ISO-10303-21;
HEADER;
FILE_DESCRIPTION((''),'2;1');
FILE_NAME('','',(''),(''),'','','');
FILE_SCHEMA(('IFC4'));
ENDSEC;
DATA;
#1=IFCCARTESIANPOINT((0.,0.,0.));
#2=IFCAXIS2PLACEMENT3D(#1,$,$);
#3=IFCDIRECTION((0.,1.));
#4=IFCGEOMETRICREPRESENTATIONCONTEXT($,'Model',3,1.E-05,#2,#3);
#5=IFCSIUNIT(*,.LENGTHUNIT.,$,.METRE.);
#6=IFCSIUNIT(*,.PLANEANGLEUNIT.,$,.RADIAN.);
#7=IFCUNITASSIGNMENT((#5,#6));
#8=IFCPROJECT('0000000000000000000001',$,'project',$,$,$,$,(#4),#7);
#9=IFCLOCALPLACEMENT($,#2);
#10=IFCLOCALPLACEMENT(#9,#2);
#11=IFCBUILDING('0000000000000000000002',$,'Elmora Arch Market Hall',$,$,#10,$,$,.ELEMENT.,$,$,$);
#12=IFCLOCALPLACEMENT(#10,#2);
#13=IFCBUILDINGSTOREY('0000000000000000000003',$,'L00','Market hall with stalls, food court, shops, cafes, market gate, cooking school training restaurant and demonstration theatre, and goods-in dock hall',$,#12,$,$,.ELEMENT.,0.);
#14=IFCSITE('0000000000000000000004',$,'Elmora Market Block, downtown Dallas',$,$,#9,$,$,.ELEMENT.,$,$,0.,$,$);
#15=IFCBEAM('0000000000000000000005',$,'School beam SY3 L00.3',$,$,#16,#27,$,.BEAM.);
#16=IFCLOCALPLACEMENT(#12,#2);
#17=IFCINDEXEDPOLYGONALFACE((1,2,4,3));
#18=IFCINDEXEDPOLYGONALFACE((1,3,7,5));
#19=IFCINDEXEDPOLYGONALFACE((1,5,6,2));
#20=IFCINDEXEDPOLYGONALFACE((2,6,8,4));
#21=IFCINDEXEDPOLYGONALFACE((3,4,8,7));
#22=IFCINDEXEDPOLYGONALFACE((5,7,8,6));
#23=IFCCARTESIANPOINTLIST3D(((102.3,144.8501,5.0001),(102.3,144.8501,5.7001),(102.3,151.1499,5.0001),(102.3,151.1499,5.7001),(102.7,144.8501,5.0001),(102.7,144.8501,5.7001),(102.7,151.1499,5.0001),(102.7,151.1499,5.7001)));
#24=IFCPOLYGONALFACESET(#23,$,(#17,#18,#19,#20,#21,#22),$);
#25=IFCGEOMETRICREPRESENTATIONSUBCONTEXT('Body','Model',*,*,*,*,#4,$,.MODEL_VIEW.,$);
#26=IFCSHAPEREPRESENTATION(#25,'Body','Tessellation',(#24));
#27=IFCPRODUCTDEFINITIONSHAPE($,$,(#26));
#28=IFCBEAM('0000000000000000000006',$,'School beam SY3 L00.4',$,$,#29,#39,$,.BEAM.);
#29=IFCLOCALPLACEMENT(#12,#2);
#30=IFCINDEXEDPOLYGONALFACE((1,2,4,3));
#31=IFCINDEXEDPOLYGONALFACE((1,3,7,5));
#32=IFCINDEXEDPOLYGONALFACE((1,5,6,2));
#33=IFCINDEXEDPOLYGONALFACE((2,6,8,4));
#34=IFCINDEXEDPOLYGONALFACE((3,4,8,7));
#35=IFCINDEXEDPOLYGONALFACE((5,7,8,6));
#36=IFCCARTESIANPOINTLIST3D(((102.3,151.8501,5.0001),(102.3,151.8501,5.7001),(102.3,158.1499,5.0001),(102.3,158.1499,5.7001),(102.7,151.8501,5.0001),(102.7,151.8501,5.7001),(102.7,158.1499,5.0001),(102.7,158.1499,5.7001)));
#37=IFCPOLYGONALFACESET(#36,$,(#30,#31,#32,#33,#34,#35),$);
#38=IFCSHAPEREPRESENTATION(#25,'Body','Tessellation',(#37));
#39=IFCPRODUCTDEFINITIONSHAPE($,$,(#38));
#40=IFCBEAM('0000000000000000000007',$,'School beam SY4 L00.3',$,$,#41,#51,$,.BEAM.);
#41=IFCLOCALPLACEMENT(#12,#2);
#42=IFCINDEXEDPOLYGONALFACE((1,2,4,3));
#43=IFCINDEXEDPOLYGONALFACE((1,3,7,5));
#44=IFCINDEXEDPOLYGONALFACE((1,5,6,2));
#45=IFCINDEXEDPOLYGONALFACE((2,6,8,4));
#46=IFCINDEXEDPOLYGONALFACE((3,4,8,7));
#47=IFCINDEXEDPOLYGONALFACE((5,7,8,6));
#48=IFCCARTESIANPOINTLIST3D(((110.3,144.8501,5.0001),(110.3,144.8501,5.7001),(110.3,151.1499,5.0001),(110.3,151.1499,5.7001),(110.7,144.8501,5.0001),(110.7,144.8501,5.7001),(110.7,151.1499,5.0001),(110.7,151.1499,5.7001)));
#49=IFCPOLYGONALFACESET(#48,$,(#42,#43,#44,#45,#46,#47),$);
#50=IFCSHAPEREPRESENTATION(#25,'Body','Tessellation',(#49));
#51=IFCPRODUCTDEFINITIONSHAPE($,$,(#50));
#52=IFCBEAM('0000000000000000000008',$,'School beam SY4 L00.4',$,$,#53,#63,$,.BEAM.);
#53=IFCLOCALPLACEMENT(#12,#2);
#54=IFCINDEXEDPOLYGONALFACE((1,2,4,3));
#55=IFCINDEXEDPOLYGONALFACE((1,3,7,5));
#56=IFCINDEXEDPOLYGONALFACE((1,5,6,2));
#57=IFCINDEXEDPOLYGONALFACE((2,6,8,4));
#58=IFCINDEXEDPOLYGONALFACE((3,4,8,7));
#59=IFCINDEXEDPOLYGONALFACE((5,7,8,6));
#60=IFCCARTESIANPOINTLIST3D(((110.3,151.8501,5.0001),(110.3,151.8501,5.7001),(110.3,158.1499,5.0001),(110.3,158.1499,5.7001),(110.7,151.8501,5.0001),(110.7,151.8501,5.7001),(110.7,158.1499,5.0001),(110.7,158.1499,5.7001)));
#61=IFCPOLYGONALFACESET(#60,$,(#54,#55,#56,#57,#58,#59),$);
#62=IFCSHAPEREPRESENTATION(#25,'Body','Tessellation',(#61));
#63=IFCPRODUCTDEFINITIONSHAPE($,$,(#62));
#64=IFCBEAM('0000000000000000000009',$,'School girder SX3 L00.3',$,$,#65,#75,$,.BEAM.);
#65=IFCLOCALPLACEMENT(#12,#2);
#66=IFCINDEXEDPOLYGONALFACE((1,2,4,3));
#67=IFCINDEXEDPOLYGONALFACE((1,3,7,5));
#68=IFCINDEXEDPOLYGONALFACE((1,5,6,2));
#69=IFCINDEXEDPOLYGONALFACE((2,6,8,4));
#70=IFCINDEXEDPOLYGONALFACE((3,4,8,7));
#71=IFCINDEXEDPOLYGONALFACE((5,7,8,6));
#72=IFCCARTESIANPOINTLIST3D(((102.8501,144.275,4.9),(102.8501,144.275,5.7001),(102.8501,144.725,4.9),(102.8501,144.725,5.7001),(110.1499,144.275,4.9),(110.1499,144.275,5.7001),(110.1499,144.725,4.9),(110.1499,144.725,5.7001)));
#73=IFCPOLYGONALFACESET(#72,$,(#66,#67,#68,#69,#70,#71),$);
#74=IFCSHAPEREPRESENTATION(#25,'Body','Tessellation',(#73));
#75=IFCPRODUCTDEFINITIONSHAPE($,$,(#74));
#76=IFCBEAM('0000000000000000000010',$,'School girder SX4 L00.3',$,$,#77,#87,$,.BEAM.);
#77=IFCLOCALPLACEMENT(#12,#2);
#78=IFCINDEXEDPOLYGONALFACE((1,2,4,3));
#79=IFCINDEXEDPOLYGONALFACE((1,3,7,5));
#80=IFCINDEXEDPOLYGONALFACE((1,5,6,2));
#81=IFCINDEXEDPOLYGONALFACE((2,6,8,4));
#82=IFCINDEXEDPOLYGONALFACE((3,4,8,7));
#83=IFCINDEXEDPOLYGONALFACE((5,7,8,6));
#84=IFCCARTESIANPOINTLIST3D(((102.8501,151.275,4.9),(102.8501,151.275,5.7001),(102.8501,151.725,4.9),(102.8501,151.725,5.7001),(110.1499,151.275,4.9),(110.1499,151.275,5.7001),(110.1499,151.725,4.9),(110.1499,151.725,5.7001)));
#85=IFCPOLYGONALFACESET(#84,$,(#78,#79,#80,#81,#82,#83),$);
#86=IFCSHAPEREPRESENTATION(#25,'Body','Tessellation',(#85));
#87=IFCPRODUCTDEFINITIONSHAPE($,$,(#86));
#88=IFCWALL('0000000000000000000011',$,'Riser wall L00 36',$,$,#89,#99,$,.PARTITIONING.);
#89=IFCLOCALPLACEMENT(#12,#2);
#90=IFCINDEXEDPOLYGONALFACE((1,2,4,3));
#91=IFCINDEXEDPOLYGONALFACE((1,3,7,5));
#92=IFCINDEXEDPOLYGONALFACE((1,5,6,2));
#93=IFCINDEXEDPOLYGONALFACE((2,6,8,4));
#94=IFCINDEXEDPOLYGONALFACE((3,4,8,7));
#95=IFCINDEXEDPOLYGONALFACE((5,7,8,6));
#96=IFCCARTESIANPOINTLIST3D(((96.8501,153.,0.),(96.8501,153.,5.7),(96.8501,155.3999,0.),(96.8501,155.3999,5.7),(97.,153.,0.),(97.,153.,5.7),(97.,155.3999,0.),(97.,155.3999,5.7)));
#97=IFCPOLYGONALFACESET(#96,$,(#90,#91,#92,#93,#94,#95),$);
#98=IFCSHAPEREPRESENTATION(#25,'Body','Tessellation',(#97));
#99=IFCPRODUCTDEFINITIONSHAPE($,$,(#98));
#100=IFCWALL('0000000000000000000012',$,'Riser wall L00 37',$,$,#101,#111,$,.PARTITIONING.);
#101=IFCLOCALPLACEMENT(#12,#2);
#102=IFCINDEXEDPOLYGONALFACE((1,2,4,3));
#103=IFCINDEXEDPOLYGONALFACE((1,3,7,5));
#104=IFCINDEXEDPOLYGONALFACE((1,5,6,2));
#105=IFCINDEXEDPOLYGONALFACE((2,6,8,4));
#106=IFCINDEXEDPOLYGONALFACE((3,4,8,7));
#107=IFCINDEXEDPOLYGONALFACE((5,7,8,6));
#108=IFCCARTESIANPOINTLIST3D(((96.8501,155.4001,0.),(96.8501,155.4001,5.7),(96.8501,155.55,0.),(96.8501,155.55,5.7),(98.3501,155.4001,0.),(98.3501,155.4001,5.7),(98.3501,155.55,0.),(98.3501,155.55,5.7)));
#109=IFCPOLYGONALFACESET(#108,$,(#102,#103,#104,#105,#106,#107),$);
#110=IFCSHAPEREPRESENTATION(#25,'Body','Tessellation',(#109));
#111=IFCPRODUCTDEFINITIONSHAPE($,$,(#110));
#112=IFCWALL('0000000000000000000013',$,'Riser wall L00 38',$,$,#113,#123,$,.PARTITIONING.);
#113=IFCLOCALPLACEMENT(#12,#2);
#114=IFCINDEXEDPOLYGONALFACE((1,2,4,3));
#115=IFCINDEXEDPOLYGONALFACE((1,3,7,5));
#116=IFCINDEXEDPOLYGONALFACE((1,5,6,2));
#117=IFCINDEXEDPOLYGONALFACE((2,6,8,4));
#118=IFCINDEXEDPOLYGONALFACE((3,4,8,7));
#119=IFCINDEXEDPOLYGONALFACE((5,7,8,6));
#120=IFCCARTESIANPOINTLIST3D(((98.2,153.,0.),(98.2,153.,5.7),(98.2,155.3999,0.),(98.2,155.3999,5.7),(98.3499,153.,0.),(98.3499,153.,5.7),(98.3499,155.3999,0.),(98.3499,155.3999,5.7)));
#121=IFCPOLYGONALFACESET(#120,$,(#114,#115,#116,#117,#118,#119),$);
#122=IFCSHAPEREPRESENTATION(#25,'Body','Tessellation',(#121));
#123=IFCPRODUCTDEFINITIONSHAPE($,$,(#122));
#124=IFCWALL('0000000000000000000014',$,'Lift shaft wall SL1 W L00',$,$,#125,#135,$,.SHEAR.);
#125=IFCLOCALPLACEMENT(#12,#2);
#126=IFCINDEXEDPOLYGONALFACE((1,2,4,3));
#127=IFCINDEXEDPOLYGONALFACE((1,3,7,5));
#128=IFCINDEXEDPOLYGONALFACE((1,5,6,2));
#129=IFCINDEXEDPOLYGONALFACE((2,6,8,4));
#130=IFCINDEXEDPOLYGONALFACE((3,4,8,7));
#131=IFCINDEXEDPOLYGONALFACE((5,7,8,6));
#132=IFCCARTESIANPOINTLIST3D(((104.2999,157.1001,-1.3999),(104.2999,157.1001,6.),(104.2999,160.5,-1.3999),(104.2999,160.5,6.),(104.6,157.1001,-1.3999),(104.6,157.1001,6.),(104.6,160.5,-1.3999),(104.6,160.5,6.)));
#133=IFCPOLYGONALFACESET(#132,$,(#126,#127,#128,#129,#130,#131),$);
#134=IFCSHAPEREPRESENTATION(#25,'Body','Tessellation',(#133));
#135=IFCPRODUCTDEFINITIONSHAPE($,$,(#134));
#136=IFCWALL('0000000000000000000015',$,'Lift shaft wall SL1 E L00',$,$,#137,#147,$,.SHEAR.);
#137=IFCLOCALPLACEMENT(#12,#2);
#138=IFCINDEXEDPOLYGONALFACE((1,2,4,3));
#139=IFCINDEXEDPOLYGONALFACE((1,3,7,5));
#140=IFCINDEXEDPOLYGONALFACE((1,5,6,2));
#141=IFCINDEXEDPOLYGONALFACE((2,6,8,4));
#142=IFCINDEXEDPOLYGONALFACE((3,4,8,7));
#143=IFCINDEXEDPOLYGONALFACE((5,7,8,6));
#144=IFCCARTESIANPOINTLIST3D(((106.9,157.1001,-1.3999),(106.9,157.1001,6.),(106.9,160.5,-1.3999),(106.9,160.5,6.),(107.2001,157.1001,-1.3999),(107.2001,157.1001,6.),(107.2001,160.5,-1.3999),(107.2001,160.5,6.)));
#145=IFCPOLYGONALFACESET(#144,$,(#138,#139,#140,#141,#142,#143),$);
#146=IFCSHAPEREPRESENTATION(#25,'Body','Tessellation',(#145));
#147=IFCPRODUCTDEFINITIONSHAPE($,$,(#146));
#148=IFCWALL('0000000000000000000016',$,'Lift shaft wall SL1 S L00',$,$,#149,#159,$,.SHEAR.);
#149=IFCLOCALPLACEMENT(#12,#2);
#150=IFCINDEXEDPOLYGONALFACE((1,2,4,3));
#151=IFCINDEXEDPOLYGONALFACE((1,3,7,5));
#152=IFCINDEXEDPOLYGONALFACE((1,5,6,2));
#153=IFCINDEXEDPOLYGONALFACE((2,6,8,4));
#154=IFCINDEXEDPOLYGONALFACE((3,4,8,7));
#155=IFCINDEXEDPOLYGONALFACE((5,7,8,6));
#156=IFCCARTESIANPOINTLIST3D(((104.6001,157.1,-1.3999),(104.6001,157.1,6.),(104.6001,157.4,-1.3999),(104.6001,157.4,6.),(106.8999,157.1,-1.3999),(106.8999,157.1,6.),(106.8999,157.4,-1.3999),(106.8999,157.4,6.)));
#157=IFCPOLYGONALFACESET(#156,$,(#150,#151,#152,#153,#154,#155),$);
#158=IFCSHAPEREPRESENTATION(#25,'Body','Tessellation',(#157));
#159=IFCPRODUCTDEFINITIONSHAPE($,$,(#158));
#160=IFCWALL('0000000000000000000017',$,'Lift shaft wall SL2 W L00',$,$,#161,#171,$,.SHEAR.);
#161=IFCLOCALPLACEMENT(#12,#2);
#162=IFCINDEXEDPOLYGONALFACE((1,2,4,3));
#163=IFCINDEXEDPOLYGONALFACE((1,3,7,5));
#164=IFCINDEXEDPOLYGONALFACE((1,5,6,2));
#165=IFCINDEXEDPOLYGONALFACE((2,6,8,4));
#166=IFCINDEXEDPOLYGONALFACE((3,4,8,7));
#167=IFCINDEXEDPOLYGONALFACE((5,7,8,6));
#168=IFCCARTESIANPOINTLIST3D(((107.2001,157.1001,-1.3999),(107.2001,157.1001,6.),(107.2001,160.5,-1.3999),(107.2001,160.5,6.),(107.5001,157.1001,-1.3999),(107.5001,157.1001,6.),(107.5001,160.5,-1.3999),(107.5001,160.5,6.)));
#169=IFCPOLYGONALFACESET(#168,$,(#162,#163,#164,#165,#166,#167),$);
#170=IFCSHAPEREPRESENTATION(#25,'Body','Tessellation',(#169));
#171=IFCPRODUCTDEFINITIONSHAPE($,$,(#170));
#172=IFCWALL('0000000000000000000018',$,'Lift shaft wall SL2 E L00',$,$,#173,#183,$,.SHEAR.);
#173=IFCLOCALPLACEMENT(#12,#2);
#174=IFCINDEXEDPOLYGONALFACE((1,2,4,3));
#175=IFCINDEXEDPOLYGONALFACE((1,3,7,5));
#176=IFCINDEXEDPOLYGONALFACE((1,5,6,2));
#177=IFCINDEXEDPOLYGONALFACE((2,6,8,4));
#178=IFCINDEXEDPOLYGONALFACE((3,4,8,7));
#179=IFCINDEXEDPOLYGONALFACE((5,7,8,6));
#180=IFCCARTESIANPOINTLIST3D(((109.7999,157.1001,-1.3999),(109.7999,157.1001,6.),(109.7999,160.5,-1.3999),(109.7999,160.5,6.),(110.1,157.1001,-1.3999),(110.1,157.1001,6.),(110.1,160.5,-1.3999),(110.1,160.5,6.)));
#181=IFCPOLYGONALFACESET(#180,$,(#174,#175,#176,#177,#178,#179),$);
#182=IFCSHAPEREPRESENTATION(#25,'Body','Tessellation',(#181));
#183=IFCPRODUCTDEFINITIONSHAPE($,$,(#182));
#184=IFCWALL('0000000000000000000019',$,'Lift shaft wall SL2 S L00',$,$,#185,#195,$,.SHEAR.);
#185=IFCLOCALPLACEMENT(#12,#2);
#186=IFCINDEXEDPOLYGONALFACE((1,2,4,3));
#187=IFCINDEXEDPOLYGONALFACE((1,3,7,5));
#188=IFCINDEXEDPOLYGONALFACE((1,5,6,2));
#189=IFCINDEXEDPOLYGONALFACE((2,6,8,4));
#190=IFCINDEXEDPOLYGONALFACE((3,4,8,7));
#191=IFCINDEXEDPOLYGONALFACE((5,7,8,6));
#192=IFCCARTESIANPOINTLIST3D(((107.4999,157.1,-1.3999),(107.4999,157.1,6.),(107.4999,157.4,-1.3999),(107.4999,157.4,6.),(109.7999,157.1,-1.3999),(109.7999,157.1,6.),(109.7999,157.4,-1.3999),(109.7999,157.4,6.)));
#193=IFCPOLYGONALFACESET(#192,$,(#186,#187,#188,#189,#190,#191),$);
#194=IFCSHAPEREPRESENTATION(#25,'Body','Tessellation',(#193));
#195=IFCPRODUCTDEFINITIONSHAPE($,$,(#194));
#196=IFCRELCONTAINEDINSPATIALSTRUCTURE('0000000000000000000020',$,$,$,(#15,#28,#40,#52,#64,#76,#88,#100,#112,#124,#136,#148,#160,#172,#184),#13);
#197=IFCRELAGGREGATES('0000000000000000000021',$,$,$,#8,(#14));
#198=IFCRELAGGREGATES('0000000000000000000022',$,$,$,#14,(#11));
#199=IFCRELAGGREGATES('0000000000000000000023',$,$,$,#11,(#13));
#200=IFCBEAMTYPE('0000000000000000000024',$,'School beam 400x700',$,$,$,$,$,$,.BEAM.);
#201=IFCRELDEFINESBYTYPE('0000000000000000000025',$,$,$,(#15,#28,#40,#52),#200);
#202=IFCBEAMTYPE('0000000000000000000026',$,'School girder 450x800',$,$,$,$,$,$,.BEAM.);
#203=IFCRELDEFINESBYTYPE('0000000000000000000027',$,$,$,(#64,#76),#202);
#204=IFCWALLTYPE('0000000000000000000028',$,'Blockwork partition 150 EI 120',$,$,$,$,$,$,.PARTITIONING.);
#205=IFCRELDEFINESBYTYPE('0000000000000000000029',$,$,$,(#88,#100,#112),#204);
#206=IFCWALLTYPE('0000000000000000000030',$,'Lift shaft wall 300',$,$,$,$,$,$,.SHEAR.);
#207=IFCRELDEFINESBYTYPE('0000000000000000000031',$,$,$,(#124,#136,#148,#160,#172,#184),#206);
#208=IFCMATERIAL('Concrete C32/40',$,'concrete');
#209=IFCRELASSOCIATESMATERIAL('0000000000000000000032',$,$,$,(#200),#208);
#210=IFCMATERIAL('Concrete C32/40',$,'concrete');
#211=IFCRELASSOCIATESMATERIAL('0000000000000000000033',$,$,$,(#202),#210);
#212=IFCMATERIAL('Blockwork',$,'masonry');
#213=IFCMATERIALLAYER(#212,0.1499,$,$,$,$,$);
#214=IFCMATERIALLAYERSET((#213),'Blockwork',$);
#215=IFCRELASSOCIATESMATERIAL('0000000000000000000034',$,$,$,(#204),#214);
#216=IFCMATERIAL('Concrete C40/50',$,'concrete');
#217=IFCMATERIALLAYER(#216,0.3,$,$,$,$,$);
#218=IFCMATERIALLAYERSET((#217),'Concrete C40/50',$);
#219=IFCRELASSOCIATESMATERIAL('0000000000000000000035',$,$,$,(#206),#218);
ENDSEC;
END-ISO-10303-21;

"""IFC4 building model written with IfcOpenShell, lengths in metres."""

from ifc_helpers import new_model, si_unit, direction, frame, frame_2d, origin, origin_2d, place, context, subcontext, project, spatial, rectangle, extrude, material, layer, layer_set, material_profile, profile_set, type_object, element, save


model = new_model("IFC4")

# Units and contexts
model_context = context("Model", 3, precision=1e-05, world=origin(), true_north=direction((0.0, 1.0)))
body_context = subcontext(model_context, "Body", "Model", "MODEL_VIEW")
ifc_project = project(units=[si_unit("LENGTHUNIT", "METRE"), si_unit("PLANEANGLEUNIT", "RADIAN")], contexts=[model_context])

# Site, building, storey
site_placement = place(None, origin())
site = spatial("IfcSite", under=ifc_project, at=site_placement, Name="Elmora Market Block, downtown Dallas", CompositionType="ELEMENT", RefElevation=0.0)
building_placement = place(site_placement, origin())
building = spatial("IfcBuilding", under=site, at=building_placement, Name="Elmora Arch Market Hall", CompositionType="ELEMENT")
storey_placement = place(building_placement, origin())
storey = spatial("IfcBuildingStorey", under=building, at=storey_placement, Name="L00", Description="Market hall with stalls, food court, shops, cafes, market gate, cooking school training restaurant and demonstration theatre, and goods-in dock hall", CompositionType="ELEMENT", Elevation=0.0)

# Beams
ifc_material_1 = material(Name="Concrete C32/40", Category="concrete")
ifc_material_profile_1 = material_profile(ifc_material_1, rectangle(XDim=0.3999, YDim=0.7, at=origin_2d()), Name="School beam 400x700")
ifc_profile_set_1 = profile_set([ifc_material_profile_1], Name="Concrete C32/40")
beam_type_1 = type_object("IfcBeamType", Name="School beam 400x700", PredefinedType="BEAM", material=ifc_profile_set_1)
for number, where, z_axis, x_axis, name in (
    (1, (102.5, 144.8501, 5.3501), (0.0, 1.0, 0.0), (-1.0, 0.0, 0.0), "School beam SY3 L00.3"),
    (2, (102.5, 151.8501, 5.3501), (0.0, 1.0, 0.0), (-1.0, 0.0, 0.0), "School beam SY3 L00.4"),
    (3, (110.5, 144.8501, 5.3501), (0.0, 1.0, 0.0), (-1.0, 0.0, 0.0), "School beam SY4 L00.3"),
    (4, (110.5, 151.8501, 5.3501), (0.0, 1.0, 0.0), (-1.0, 0.0, 0.0), "School beam SY4 L00.4"),
):
    element("IfcBeam", number, at=place(storey_placement, frame(where, z_axis=z_axis, x_axis=x_axis)), inside=storey, type_object=beam_type_1, Name=name, PredefinedType="BEAM", context=body_context, shape_type="SweptSolid", body=[
        extrude(rectangle(XDim=0.3999, YDim=0.7, at=origin_2d()), origin(), (0.0, 0.0, 1.0), 6.2998),
    ])
ifc_material_2 = material(Name="Concrete C32/40", Category="concrete")
ifc_material_profile_2 = material_profile(ifc_material_2, rectangle(XDim=0.45, YDim=0.8, at=origin_2d()), Name="School girder 450x800")
ifc_profile_set_2 = profile_set([ifc_material_profile_2], Name="Concrete C32/40")
beam_type_2 = type_object("IfcBeamType", Name="School girder 450x800", PredefinedType="BEAM", material=ifc_profile_set_2)
for number, where, z_axis, x_axis, name in (
    (5, (102.8501, 144.5, 5.3), (1.0, 0.0, 0.0), (0.0, 1.0, 0.0), "School girder SX3 L00.3"),
    (6, (102.8501, 151.5, 5.3), (1.0, 0.0, 0.0), (0.0, 1.0, 0.0), "School girder SX4 L00.3"),
):
    element("IfcBeam", number, at=place(storey_placement, frame(where, z_axis=z_axis, x_axis=x_axis)), inside=storey, type_object=beam_type_2, Name=name, PredefinedType="BEAM", context=body_context, shape_type="SweptSolid", body=[
        extrude(rectangle(XDim=0.45, YDim=0.8, at=origin_2d()), origin(), (0.0, 0.0, 1.0), 7.2998),
    ])

# Walls
ifc_material_3 = material(Name="Blockwork", Category="masonry")
ifc_layer_1 = layer(ifc_material_3, 0.1499)
ifc_layer_set_1 = layer_set([ifc_layer_1], Name="Blockwork")
wall_type_1 = type_object("IfcWallType", Name="Blockwork partition 150 EI 120", PredefinedType="PARTITIONING", material=ifc_layer_set_1)
wall_1_placement = place(storey_placement, frame((96.925, 153.0, 0.0), z_axis=(0.0, 0.0, 1.0), x_axis=(0.0, 1.0, 0.0)))
element("IfcWall", 7, at=wall_1_placement, inside=storey, type_object=wall_type_1, Name="Riser wall L00 36", PredefinedType="PARTITIONING", context=body_context, shape_type="SweptSolid", body=[
    extrude(rectangle(XDim=2.3999, YDim=0.1499, at=frame_2d((1.2, 0.0))), origin(), (0.0, 0.0, 1.0), 5.7),
])
wall_2_placement = place(storey_placement, frame((96.8501, 155.4751, 0.0), z_axis=(0.0, 0.0, 1.0), x_axis=(1.0, 0.0, 0.0)))
element("IfcWall", 8, at=wall_2_placement, inside=storey, type_object=wall_type_1, Name="Riser wall L00 37", PredefinedType="PARTITIONING", context=body_context, shape_type="SweptSolid", body=[
    extrude(rectangle(XDim=1.5, YDim=0.1499, at=frame_2d((0.75, 0.0))), origin(), (0.0, 0.0, 1.0), 5.7),
])
wall_3_placement = place(storey_placement, frame((98.2749, 153.0, 0.0), z_axis=(0.0, 0.0, 1.0), x_axis=(0.0, 1.0, 0.0)))
element("IfcWall", 9, at=wall_3_placement, inside=storey, type_object=wall_type_1, Name="Riser wall L00 38", PredefinedType="PARTITIONING", context=body_context, shape_type="SweptSolid", body=[
    extrude(rectangle(XDim=2.3999, YDim=0.1499, at=frame_2d((1.2, 0.0))), origin(), (0.0, 0.0, 1.0), 5.7),
])
ifc_material_4 = material(Name="Concrete C40/50", Category="concrete")
ifc_layer_2 = layer(ifc_material_4, 0.3)
ifc_layer_set_2 = layer_set([ifc_layer_2], Name="Concrete C40/50")
wall_type_2 = type_object("IfcWallType", Name="Lift shaft wall 300", PredefinedType="SHEAR", material=ifc_layer_set_2)
for number, where, z_axis, x_axis, name in (
    (10, (104.45, 157.1001, -1.3999), (0.0, 0.0, 1.0), (0.0, 1.0, 0.0), "Lift shaft wall SL1 W L00"),
    (11, (107.05, 157.1001, -1.3999), (0.0, 0.0, 1.0), (0.0, 1.0, 0.0), "Lift shaft wall SL1 E L00"),
):
    element("IfcWall", number, at=place(storey_placement, frame(where, z_axis=z_axis, x_axis=x_axis)), inside=storey, type_object=wall_type_2, Name=name, PredefinedType="SHEAR", context=body_context, shape_type="SweptSolid", body=[
        extrude(rectangle(XDim=3.3999, YDim=0.3, at=frame_2d((1.7, 0.0))), origin(), (0.0, 0.0, 1.0), 7.3999),
    ])
wall_4_placement = place(storey_placement, frame((104.6001, 157.25, -1.3999), z_axis=(0.0, 0.0, 1.0), x_axis=(1.0, 0.0, 0.0)))
element("IfcWall", 12, at=wall_4_placement, inside=storey, type_object=wall_type_2, Name="Lift shaft wall SL1 S L00", PredefinedType="SHEAR", context=body_context, shape_type="SweptSolid", body=[
    extrude(rectangle(XDim=2.2998, YDim=0.3, at=frame_2d((1.1499, 0.0))), origin(), (0.0, 0.0, 1.0), 7.3999),
])
for number, where, z_axis, x_axis, name in (
    (13, (107.3501, 157.1001, -1.3999), (0.0, 0.0, 1.0), (0.0, 1.0, 0.0), "Lift shaft wall SL2 W L00"),
    (14, (109.95, 157.1001, -1.3999), (0.0, 0.0, 1.0), (0.0, 1.0, 0.0), "Lift shaft wall SL2 E L00"),
):
    element("IfcWall", number, at=place(storey_placement, frame(where, z_axis=z_axis, x_axis=x_axis)), inside=storey, type_object=wall_type_2, Name=name, PredefinedType="SHEAR", context=body_context, shape_type="SweptSolid", body=[
        extrude(rectangle(XDim=3.3999, YDim=0.3, at=frame_2d((1.7, 0.0))), origin(), (0.0, 0.0, 1.0), 7.3999),
    ])
wall_5_placement = place(storey_placement, frame((107.5, 157.25, -1.3999), z_axis=(0.0, 0.0, 1.0), x_axis=(1.0, 0.0, 0.0)))
element("IfcWall", 15, at=wall_5_placement, inside=storey, type_object=wall_type_2, Name="Lift shaft wall SL2 S L00", PredefinedType="SHEAR", context=body_context, shape_type="SweptSolid", body=[
    extrude(rectangle(XDim=2.3, YDim=0.3, at=frame_2d((1.1499, 0.0))), origin(), (0.0, 0.0, 1.0), 7.3999),
])

save(model, "model.ifc")
